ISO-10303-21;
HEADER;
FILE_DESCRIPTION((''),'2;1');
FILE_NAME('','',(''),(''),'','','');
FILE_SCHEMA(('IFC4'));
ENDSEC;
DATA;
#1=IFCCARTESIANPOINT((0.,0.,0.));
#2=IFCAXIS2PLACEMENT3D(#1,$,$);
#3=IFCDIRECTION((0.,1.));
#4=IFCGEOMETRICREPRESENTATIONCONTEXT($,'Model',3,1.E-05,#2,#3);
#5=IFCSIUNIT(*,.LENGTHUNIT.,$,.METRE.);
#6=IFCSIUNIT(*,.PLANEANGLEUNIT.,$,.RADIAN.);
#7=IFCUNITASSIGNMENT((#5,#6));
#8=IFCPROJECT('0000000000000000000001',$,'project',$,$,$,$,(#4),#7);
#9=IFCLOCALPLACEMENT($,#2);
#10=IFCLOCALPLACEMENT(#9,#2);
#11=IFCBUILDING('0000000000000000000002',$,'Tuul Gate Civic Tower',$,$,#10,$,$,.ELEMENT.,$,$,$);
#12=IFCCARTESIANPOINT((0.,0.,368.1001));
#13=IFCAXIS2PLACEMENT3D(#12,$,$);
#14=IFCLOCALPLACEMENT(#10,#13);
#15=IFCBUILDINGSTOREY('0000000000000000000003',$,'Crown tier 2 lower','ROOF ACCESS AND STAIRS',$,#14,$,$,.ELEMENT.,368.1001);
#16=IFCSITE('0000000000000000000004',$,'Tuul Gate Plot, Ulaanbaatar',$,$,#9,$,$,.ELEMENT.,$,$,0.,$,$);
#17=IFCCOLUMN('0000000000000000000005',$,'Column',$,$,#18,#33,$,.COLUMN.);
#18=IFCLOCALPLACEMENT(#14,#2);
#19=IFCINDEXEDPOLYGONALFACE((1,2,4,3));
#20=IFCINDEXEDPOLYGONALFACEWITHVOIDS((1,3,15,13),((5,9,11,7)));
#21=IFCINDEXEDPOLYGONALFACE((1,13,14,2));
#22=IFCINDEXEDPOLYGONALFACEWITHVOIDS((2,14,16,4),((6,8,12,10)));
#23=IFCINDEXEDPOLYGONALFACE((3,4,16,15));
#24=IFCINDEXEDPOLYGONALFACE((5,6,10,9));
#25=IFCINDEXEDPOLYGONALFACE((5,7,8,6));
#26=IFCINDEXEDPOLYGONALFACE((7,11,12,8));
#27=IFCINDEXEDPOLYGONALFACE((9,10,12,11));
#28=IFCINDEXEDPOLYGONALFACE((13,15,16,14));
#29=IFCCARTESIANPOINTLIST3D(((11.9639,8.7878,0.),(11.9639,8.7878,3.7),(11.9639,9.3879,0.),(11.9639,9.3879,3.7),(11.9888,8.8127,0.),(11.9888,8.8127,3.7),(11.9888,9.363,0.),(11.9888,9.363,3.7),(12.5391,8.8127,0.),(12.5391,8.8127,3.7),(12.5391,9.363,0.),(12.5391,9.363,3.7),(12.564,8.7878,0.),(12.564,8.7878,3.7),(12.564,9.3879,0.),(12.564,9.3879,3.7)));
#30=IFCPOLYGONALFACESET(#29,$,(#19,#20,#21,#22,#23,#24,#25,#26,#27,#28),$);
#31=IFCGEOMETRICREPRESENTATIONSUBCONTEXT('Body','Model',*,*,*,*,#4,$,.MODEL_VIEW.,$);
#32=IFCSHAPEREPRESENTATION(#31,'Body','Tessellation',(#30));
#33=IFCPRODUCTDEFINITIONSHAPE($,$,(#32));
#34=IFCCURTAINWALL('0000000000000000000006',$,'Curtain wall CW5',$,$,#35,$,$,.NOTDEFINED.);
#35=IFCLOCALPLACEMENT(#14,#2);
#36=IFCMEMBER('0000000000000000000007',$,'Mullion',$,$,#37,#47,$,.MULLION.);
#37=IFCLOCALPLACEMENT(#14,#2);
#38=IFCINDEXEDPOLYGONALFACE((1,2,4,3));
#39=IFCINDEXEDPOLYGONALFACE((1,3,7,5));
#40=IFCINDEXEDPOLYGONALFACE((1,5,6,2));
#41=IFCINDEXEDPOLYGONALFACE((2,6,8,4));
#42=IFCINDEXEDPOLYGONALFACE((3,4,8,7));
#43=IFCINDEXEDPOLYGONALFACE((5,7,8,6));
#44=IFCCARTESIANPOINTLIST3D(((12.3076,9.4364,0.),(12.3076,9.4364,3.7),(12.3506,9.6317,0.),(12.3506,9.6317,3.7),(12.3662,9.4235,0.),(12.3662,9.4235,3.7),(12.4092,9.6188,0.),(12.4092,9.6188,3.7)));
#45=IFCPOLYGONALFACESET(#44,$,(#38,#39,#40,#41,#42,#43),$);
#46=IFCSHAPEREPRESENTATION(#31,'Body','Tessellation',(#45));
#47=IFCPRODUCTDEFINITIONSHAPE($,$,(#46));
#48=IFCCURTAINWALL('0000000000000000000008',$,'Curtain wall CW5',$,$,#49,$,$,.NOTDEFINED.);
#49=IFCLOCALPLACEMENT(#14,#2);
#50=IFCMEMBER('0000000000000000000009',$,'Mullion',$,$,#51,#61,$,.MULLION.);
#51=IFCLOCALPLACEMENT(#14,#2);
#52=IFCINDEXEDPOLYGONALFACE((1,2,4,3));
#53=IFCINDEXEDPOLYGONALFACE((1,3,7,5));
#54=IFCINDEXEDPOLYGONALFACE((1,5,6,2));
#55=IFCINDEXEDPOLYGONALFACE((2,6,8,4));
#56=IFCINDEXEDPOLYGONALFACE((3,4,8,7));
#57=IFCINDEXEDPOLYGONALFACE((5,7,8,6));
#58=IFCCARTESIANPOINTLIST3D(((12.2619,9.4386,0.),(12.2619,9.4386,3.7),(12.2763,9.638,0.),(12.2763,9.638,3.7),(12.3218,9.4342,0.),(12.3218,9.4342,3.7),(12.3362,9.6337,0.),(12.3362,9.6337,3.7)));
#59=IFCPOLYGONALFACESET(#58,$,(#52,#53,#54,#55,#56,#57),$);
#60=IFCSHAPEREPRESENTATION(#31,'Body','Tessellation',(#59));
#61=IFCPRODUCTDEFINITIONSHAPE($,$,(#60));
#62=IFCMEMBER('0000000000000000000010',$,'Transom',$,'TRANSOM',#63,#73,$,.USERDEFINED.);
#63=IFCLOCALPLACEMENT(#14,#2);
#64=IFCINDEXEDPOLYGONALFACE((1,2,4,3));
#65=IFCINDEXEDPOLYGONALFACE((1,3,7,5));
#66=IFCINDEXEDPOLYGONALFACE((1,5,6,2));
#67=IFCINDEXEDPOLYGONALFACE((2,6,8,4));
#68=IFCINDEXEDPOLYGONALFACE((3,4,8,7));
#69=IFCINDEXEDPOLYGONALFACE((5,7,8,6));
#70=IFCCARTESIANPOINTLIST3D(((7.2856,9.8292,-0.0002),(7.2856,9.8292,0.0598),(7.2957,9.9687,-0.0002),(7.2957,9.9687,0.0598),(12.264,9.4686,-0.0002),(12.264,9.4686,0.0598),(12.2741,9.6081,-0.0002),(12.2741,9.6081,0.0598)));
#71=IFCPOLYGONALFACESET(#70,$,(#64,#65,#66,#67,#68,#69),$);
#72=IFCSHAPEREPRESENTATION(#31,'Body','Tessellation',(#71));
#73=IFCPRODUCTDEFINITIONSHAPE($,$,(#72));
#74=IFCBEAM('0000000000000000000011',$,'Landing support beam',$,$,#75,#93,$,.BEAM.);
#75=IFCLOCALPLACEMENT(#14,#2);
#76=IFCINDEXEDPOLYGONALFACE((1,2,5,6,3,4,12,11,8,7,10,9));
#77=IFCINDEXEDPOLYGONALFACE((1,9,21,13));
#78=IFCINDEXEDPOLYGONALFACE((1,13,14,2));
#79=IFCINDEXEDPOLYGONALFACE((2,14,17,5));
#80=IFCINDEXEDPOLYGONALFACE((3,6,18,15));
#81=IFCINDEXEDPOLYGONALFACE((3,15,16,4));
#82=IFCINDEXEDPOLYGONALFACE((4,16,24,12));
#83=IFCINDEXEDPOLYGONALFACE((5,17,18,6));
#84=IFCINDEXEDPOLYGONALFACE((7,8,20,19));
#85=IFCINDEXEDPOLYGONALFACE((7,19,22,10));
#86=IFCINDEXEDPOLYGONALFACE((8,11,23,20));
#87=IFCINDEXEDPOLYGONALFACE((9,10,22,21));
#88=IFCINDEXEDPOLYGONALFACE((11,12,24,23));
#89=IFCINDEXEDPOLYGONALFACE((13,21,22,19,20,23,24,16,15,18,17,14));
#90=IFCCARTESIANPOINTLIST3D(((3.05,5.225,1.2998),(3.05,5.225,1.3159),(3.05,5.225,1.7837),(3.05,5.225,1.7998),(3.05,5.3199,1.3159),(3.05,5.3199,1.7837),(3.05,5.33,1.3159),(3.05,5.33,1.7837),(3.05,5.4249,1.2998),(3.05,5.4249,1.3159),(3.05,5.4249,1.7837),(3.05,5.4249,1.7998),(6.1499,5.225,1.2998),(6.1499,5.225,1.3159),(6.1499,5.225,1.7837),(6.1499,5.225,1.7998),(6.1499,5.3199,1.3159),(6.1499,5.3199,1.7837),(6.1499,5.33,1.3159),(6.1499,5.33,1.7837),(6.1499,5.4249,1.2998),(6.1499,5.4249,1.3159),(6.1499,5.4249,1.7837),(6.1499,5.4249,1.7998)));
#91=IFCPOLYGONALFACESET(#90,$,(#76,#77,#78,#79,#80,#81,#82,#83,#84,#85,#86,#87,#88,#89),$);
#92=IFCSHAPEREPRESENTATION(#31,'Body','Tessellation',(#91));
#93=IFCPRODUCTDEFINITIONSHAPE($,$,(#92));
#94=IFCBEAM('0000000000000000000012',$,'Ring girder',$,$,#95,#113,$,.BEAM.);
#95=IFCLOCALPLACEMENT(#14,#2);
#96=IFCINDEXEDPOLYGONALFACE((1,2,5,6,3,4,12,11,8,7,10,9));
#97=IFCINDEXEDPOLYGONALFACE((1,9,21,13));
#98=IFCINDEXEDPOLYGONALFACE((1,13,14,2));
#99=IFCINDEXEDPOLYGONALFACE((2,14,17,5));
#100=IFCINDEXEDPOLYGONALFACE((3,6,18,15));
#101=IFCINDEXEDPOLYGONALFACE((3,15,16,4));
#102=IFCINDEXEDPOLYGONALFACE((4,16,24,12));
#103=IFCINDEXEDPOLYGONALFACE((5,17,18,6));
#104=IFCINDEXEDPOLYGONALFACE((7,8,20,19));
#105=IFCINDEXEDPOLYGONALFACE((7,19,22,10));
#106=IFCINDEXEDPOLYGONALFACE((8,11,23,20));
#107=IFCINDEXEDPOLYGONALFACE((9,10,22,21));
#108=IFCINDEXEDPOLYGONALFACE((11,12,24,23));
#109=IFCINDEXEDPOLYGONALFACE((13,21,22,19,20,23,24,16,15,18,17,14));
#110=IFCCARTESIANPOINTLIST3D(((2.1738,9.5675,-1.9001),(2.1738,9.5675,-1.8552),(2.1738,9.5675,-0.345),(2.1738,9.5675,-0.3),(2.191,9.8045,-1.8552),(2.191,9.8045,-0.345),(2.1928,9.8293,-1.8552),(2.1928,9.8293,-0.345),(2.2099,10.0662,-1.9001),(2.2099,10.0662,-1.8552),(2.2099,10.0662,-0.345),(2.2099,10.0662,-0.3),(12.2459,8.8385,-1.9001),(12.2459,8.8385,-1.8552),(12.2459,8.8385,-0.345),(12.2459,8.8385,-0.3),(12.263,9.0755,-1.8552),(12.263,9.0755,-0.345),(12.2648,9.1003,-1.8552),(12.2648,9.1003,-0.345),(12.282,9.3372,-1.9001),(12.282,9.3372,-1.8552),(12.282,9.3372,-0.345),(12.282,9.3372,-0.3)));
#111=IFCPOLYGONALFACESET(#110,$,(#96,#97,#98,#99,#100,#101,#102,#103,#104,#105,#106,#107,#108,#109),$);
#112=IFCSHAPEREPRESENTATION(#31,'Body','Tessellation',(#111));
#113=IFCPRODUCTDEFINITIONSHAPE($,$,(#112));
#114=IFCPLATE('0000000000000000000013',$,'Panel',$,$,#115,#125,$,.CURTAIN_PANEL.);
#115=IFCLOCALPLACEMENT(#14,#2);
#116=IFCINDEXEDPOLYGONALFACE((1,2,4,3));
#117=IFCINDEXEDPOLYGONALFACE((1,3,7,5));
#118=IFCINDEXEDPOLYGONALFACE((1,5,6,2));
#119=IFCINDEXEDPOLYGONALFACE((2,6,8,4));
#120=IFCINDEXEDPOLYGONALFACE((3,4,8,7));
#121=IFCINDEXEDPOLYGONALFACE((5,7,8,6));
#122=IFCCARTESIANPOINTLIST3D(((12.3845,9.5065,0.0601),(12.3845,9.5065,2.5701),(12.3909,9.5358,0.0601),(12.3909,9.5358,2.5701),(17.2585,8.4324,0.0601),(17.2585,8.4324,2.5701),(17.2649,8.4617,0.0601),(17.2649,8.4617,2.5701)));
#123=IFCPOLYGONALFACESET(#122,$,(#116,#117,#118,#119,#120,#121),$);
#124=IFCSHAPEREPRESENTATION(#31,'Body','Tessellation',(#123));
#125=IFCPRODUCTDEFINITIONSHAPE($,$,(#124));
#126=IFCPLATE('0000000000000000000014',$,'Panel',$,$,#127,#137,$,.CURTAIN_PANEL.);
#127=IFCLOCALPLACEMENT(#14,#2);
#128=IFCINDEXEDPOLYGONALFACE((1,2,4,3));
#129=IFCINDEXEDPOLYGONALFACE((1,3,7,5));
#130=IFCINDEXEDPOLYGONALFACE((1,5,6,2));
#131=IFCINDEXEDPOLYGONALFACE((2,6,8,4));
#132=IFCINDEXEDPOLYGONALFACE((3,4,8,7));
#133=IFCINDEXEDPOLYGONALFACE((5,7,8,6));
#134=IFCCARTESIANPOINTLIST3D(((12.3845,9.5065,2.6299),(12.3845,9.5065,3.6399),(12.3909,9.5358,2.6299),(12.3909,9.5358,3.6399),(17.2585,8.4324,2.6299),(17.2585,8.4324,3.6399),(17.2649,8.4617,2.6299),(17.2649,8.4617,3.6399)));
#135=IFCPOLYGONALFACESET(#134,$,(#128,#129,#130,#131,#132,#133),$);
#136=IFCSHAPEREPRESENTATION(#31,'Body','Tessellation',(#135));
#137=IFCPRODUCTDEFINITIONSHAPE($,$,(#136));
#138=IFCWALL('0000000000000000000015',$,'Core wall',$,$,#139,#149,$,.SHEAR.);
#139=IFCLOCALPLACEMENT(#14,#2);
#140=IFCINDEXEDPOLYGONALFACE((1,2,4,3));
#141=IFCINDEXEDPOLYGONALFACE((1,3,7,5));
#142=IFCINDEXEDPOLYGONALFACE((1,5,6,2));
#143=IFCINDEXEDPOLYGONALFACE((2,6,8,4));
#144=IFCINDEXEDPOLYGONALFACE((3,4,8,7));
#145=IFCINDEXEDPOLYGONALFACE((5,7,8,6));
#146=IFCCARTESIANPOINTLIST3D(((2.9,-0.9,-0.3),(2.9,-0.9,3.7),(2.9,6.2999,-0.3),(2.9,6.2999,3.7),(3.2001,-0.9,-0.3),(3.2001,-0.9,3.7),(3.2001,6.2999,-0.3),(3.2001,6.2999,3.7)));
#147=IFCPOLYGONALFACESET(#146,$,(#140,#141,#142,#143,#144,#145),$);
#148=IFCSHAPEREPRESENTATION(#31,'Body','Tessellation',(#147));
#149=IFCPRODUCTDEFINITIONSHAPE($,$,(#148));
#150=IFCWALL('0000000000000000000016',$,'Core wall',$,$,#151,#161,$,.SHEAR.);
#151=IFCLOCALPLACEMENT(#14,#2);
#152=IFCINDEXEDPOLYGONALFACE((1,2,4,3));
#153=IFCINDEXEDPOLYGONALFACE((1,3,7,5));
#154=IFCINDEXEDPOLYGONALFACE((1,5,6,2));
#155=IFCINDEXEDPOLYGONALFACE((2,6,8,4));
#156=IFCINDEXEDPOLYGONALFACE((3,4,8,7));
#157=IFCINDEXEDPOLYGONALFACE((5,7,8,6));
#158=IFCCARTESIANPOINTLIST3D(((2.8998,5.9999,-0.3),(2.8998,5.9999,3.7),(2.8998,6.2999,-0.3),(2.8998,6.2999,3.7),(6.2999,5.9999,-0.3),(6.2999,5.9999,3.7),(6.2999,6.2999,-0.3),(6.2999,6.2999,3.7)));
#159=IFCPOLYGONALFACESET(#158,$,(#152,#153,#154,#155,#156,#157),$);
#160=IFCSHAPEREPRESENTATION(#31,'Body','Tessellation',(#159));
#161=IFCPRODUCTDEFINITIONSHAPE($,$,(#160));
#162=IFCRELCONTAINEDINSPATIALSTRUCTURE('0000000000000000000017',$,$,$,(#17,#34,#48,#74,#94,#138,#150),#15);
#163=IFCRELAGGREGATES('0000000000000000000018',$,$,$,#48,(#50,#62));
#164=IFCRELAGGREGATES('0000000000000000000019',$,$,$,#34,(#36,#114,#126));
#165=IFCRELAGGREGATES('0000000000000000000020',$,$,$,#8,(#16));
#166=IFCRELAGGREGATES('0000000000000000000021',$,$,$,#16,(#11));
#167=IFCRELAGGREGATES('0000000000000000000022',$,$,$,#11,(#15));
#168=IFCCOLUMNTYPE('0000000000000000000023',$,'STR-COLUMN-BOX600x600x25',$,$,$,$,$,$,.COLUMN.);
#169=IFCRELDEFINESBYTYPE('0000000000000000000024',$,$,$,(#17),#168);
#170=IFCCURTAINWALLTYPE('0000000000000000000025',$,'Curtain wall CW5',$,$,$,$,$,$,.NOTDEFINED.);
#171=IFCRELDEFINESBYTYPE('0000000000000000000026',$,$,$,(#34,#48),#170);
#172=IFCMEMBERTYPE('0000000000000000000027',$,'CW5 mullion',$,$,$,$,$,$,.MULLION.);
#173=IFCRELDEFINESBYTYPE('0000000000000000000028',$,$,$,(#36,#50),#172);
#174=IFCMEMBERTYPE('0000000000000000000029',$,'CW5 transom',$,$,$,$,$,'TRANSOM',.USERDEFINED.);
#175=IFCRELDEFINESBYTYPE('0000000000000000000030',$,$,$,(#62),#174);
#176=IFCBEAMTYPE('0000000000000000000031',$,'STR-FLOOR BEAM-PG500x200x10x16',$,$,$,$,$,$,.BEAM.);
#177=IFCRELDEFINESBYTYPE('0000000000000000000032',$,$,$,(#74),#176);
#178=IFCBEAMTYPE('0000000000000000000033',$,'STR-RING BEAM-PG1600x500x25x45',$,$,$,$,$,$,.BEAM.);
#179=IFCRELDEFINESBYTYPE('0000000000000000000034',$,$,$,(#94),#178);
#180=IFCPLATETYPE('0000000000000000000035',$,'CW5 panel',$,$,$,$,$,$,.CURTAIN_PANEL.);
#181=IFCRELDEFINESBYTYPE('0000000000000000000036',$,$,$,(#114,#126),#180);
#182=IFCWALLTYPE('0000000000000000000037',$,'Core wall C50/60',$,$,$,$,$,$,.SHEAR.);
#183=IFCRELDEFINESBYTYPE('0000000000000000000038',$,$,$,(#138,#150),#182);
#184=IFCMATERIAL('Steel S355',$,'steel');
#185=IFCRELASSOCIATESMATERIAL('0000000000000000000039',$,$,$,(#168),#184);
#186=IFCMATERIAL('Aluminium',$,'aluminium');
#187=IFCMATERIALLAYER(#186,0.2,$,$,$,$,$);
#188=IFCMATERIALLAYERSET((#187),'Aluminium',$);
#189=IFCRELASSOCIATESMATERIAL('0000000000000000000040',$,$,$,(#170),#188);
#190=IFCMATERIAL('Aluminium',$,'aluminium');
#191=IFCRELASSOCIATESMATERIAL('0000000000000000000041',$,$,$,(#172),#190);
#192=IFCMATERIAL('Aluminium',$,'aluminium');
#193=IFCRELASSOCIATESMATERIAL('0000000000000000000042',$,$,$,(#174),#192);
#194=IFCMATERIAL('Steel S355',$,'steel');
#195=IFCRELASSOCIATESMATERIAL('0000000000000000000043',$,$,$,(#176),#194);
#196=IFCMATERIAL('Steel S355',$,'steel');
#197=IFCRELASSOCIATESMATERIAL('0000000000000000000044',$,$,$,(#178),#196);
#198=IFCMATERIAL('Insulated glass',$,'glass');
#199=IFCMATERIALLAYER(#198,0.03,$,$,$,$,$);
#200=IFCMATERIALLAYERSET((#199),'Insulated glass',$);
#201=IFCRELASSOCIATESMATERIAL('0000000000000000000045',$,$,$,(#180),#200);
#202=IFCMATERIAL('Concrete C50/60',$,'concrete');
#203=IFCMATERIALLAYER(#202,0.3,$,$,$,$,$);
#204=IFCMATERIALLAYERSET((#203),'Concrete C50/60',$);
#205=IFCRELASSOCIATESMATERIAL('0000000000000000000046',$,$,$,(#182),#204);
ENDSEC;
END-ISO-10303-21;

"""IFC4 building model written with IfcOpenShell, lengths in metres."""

from ifc_helpers import new_model, si_unit, direction, frame, frame_2d, origin, origin_2d, place, context, subcontext, project, spatial, rectangle, hollow_rectangle, i_section, extrude, material, layer, layer_set, material_profile, profile_set, type_object, element, aggregate, save


model = new_model("IFC4")

# Units and contexts
model_context = context("Model", 3, precision=1e-05, world=origin(), true_north=direction((0.0, 1.0)))
body_context = subcontext(model_context, "Body", "Model", "MODEL_VIEW")
ifc_project = project(units=[si_unit("LENGTHUNIT", "METRE"), si_unit("PLANEANGLEUNIT", "RADIAN")], contexts=[model_context])

# Site, building, storey
site_placement = place(None, origin())
site = spatial("IfcSite", under=ifc_project, at=site_placement, Name="Tuul Gate Plot, Ulaanbaatar", CompositionType="ELEMENT", RefElevation=0.0)
building_placement = place(site_placement, origin())
building = spatial("IfcBuilding", under=site, at=building_placement, Name="Tuul Gate Civic Tower", CompositionType="ELEMENT")
storey_placement = place(building_placement, frame((0.0, 0.0, 368.1001)))
storey = spatial("IfcBuildingStorey", under=building, at=storey_placement, Name="Crown tier 2 lower", Description="ROOF ACCESS AND STAIRS", CompositionType="ELEMENT", Elevation=368.1001)

# Column
ifc_material_1 = material(Name="Steel S355", Category="steel")
ifc_material_profile_1 = material_profile(ifc_material_1, hollow_rectangle(XDim=0.6001, YDim=0.6001, WallThickness=0.0249, at=origin_2d()), Name="BOX600x600x25")
ifc_profile_set_1 = profile_set([ifc_material_profile_1], Name="Steel S355")
column_type = type_object("IfcColumnType", Name="STR-COLUMN-BOX600x600x25", PredefinedType="COLUMN", material=ifc_profile_set_1)
column_placement = place(storey_placement, frame((12.2639, 9.0879, 0.0), z_axis=(0.0, 0.0, 1.0), x_axis=(1.0, 0.0, 0.0)))
element("IfcColumn", 1, at=column_placement, inside=storey, type_object=column_type, Name="Column", PredefinedType="COLUMN", context=body_context, shape_type="SweptSolid", body=[
    extrude(hollow_rectangle(XDim=0.6001, YDim=0.6001, WallThickness=0.0249, at=origin_2d()), origin(), (0.0, 0.0, 1.0), 3.7),
])

# Curtain wall, member
ifc_material_2 = material(Name="Aluminium", Category="aluminium")
ifc_layer_1 = layer(ifc_material_2, 0.2)
ifc_layer_set_1 = layer_set([ifc_layer_1], Name="Aluminium")
curtain_wall_type = type_object("IfcCurtainWallType", Name="Curtain wall CW5", PredefinedType="NOTDEFINED", material=ifc_layer_set_1)
curtain_wall_1_placement = place(storey_placement, origin())
curtain_wall_1 = element("IfcCurtainWall", 2, at=curtain_wall_1_placement, inside=storey, type_object=curtain_wall_type, Name="Curtain wall CW5", PredefinedType="NOTDEFINED")
ifc_material_3 = material(Name="Aluminium", Category="aluminium")
ifc_material_profile_2 = material_profile(ifc_material_3, rectangle(XDim=0.2, YDim=0.0601, at=origin_2d()), Name="CW5 mullion")
ifc_profile_set_2 = profile_set([ifc_material_profile_2], Name="Aluminium")
member_type_1 = type_object("IfcMemberType", Name="CW5 mullion", PredefinedType="MULLION", material=ifc_profile_set_2)
member_1_placement = place(storey_placement, frame((12.3584, 9.5276, 0.0), z_axis=(0.0, 0.0, 1.0), x_axis=(-0.215211, -0.976568, 0.0)))
member_1 = element("IfcMember", 3, at=member_1_placement, type_object=member_type_1, Name="Mullion", PredefinedType="MULLION", context=body_context, shape_type="SweptSolid", body=[
    extrude(rectangle(XDim=0.2, YDim=0.0601, at=origin_2d()), origin(), (0.0, 0.0, 1.0), 3.7),
])

# Curtain wall, members
curtain_wall_2_placement = place(storey_placement, origin())
curtain_wall_2 = element("IfcCurtainWall", 4, at=curtain_wall_2_placement, inside=storey, type_object=curtain_wall_type, Name="Curtain wall CW5", PredefinedType="NOTDEFINED")
member_2_placement = place(storey_placement, frame((12.2991, 9.5361, 0.0), z_axis=(0.0, 0.0, 1.0), x_axis=(-0.072219, -0.997389, 0.0)))
member_2 = element("IfcMember", 5, at=member_2_placement, type_object=member_type_1, Name="Mullion", PredefinedType="MULLION", context=body_context, shape_type="SweptSolid", body=[
    extrude(rectangle(XDim=0.2, YDim=0.0601, at=origin_2d()), origin(), (0.0, 0.0, 1.0), 3.7),
])
ifc_material_4 = material(Name="Aluminium", Category="aluminium")
ifc_material_profile_3 = material_profile(ifc_material_4, rectangle(XDim=0.1399, YDim=0.0601, at=origin_2d()), Name="CW5 transom")
ifc_profile_set_3 = profile_set([ifc_material_profile_3], Name="Aluminium")
member_type_2 = type_object("IfcMemberType", Name="CW5 transom", ElementType="TRANSOM", PredefinedType="USERDEFINED", material=ifc_profile_set_3)
member_3_placement = place(storey_placement, frame((12.269, 9.5383, 0.0298), z_axis=(-0.997387, 0.072241, 0.0), x_axis=(-0.072241, -0.997387, 0.0)))
member_3 = element("IfcMember", 6, at=member_3_placement, type_object=member_type_2, Name="Transom", ObjectType="TRANSOM", PredefinedType="USERDEFINED", context=body_context, shape_type="SweptSolid", body=[
    extrude(rectangle(XDim=0.1399, YDim=0.0601, at=origin_2d()), origin(), (0.0, 0.0, 1.0), 4.9915),
])
aggregate(curtain_wall_2, [member_2, member_3])

# Beams
ifc_material_5 = material(Name="Steel S355", Category="steel")
ifc_material_profile_4 = material_profile(ifc_material_5, i_section(OverallWidth=0.2, OverallDepth=0.5, WebThickness=0.01, FlangeThickness=0.0161, at=origin_2d()), Name="PG500x200x10x16")
ifc_profile_set_4 = profile_set([ifc_material_profile_4], Name="Steel S355")
beam_type_1 = type_object("IfcBeamType", Name="STR-FLOOR BEAM-PG500x200x10x16", PredefinedType="BEAM", material=ifc_profile_set_4)
beam_1_placement = place(storey_placement, frame((3.05, 5.325, 1.5498), z_axis=(1.0, 0.0, 0.0), x_axis=(0.0, 1.0, 0.0)))
element("IfcBeam", 7, at=beam_1_placement, inside=storey, type_object=beam_type_1, Name="Landing support beam", PredefinedType="BEAM", context=body_context, shape_type="SweptSolid", body=[
    extrude(i_section(OverallWidth=0.2, OverallDepth=0.5, WebThickness=0.01, FlangeThickness=0.0161, at=origin_2d()), origin(), (0.0, 0.0, 1.0), 3.0999),
])
ifc_material_6 = material(Name="Steel S355", Category="steel")
ifc_material_profile_5 = material_profile(ifc_material_6, i_section(OverallWidth=0.5, OverallDepth=1.6001, WebThickness=0.0249, FlangeThickness=0.0449, at=origin_2d()), Name="PG1600x500x25x45")
ifc_profile_set_5 = profile_set([ifc_material_profile_5], Name="Steel S355")
beam_type_2 = type_object("IfcBeamType", Name="STR-RING BEAM-PG1600x500x25x45", PredefinedType="BEAM", material=ifc_profile_set_5)
beam_2_placement = place(storey_placement, frame((12.2639, 9.0879, -1.1001), z_axis=(-0.997391, 0.07219, 0.0), x_axis=(-0.07219, -0.997391, 0.0)))
element("IfcBeam", 8, at=beam_2_placement, inside=storey, type_object=beam_type_2, Name="Ring girder", PredefinedType="BEAM", context=body_context, shape_type="SweptSolid", body=[
    extrude(i_section(OverallWidth=0.5, OverallDepth=1.6001, WebThickness=0.0249, FlangeThickness=0.0449, at=origin_2d()), origin(), (0.0, 0.0, 1.0), 10.0984),
])

# Plates
ifc_material_7 = material(Name="Insulated glass", Category="glass")
ifc_layer_2 = layer(ifc_material_7, 0.03)
ifc_layer_set_2 = layer_set([ifc_layer_2], Name="Insulated glass")
plate_type = type_object("IfcPlateType", Name="CW5 panel", PredefinedType="CURTAIN_PANEL", material=ifc_layer_set_2)
plate_1_placement = place(storey_placement, frame((14.8247, 8.9841, 0.0601), z_axis=(0.0, 0.0, 1.0), x_axis=(-0.976568, 0.215211, 0.0)))
plate_1 = element("IfcPlate", 9, at=plate_1_placement, type_object=plate_type, Name="Panel", PredefinedType="CURTAIN_PANEL", context=body_context, shape_type="SweptSolid", body=[
    extrude(rectangle(XDim=4.991, YDim=0.03, at=origin_2d()), origin(), (0.0, 0.0, 1.0), 2.51),
])
plate_2_placement = place(storey_placement, frame((14.8247, 8.9841, 2.6299), z_axis=(0.0, 0.0, 1.0), x_axis=(-0.976568, 0.215211, 0.0)))
plate_2 = element("IfcPlate", 10, at=plate_2_placement, type_object=plate_type, Name="Panel", PredefinedType="CURTAIN_PANEL", context=body_context, shape_type="SweptSolid", body=[
    extrude(rectangle(XDim=4.991, YDim=0.03, at=origin_2d()), origin(), (0.0, 0.0, 1.0), 1.01),
])
aggregate(curtain_wall_1, [member_1, plate_1, plate_2])

# Walls
ifc_material_8 = material(Name="Concrete C50/60", Category="concrete")
ifc_layer_3 = layer(ifc_material_8, 0.3)
ifc_layer_set_3 = layer_set([ifc_layer_3], Name="Concrete C50/60")
wall_type_1 = type_object("IfcWallType", Name="Core wall C50/60", PredefinedType="SHEAR", material=ifc_layer_set_3)
wall_1_placement = place(storey_placement, frame((3.05, 6.3, -0.3), z_axis=(0.0, 0.0, 1.0), x_axis=(0.0, -1.0, 0.0)))
element("IfcWall", 11, at=wall_1_placement, inside=storey, type_object=wall_type_1, Name="Core wall", PredefinedType="SHEAR", context=body_context, shape_type="SweptSolid", body=[
    extrude(rectangle(XDim=7.2, YDim=0.3, at=frame_2d((3.6001, 0.0))), origin(), (0.0, 0.0, 1.0), 4.0),
])
wall_2_placement = place(storey_placement, frame((6.3, 6.1499, -0.3), z_axis=(0.0, 0.0, 1.0), x_axis=(-1.0, 0.0, 0.0)))
element("IfcWall", 12, at=wall_2_placement, inside=storey, type_object=wall_type_1, Name="Core wall", PredefinedType="SHEAR", context=body_context, shape_type="SweptSolid", body=[
    extrude(rectangle(XDim=3.4001, YDim=0.3, at=frame_2d((1.7002, 0.0))), origin(), (0.0, 0.0, 1.0), 4.0),
])

save(model, "model.ifc")
